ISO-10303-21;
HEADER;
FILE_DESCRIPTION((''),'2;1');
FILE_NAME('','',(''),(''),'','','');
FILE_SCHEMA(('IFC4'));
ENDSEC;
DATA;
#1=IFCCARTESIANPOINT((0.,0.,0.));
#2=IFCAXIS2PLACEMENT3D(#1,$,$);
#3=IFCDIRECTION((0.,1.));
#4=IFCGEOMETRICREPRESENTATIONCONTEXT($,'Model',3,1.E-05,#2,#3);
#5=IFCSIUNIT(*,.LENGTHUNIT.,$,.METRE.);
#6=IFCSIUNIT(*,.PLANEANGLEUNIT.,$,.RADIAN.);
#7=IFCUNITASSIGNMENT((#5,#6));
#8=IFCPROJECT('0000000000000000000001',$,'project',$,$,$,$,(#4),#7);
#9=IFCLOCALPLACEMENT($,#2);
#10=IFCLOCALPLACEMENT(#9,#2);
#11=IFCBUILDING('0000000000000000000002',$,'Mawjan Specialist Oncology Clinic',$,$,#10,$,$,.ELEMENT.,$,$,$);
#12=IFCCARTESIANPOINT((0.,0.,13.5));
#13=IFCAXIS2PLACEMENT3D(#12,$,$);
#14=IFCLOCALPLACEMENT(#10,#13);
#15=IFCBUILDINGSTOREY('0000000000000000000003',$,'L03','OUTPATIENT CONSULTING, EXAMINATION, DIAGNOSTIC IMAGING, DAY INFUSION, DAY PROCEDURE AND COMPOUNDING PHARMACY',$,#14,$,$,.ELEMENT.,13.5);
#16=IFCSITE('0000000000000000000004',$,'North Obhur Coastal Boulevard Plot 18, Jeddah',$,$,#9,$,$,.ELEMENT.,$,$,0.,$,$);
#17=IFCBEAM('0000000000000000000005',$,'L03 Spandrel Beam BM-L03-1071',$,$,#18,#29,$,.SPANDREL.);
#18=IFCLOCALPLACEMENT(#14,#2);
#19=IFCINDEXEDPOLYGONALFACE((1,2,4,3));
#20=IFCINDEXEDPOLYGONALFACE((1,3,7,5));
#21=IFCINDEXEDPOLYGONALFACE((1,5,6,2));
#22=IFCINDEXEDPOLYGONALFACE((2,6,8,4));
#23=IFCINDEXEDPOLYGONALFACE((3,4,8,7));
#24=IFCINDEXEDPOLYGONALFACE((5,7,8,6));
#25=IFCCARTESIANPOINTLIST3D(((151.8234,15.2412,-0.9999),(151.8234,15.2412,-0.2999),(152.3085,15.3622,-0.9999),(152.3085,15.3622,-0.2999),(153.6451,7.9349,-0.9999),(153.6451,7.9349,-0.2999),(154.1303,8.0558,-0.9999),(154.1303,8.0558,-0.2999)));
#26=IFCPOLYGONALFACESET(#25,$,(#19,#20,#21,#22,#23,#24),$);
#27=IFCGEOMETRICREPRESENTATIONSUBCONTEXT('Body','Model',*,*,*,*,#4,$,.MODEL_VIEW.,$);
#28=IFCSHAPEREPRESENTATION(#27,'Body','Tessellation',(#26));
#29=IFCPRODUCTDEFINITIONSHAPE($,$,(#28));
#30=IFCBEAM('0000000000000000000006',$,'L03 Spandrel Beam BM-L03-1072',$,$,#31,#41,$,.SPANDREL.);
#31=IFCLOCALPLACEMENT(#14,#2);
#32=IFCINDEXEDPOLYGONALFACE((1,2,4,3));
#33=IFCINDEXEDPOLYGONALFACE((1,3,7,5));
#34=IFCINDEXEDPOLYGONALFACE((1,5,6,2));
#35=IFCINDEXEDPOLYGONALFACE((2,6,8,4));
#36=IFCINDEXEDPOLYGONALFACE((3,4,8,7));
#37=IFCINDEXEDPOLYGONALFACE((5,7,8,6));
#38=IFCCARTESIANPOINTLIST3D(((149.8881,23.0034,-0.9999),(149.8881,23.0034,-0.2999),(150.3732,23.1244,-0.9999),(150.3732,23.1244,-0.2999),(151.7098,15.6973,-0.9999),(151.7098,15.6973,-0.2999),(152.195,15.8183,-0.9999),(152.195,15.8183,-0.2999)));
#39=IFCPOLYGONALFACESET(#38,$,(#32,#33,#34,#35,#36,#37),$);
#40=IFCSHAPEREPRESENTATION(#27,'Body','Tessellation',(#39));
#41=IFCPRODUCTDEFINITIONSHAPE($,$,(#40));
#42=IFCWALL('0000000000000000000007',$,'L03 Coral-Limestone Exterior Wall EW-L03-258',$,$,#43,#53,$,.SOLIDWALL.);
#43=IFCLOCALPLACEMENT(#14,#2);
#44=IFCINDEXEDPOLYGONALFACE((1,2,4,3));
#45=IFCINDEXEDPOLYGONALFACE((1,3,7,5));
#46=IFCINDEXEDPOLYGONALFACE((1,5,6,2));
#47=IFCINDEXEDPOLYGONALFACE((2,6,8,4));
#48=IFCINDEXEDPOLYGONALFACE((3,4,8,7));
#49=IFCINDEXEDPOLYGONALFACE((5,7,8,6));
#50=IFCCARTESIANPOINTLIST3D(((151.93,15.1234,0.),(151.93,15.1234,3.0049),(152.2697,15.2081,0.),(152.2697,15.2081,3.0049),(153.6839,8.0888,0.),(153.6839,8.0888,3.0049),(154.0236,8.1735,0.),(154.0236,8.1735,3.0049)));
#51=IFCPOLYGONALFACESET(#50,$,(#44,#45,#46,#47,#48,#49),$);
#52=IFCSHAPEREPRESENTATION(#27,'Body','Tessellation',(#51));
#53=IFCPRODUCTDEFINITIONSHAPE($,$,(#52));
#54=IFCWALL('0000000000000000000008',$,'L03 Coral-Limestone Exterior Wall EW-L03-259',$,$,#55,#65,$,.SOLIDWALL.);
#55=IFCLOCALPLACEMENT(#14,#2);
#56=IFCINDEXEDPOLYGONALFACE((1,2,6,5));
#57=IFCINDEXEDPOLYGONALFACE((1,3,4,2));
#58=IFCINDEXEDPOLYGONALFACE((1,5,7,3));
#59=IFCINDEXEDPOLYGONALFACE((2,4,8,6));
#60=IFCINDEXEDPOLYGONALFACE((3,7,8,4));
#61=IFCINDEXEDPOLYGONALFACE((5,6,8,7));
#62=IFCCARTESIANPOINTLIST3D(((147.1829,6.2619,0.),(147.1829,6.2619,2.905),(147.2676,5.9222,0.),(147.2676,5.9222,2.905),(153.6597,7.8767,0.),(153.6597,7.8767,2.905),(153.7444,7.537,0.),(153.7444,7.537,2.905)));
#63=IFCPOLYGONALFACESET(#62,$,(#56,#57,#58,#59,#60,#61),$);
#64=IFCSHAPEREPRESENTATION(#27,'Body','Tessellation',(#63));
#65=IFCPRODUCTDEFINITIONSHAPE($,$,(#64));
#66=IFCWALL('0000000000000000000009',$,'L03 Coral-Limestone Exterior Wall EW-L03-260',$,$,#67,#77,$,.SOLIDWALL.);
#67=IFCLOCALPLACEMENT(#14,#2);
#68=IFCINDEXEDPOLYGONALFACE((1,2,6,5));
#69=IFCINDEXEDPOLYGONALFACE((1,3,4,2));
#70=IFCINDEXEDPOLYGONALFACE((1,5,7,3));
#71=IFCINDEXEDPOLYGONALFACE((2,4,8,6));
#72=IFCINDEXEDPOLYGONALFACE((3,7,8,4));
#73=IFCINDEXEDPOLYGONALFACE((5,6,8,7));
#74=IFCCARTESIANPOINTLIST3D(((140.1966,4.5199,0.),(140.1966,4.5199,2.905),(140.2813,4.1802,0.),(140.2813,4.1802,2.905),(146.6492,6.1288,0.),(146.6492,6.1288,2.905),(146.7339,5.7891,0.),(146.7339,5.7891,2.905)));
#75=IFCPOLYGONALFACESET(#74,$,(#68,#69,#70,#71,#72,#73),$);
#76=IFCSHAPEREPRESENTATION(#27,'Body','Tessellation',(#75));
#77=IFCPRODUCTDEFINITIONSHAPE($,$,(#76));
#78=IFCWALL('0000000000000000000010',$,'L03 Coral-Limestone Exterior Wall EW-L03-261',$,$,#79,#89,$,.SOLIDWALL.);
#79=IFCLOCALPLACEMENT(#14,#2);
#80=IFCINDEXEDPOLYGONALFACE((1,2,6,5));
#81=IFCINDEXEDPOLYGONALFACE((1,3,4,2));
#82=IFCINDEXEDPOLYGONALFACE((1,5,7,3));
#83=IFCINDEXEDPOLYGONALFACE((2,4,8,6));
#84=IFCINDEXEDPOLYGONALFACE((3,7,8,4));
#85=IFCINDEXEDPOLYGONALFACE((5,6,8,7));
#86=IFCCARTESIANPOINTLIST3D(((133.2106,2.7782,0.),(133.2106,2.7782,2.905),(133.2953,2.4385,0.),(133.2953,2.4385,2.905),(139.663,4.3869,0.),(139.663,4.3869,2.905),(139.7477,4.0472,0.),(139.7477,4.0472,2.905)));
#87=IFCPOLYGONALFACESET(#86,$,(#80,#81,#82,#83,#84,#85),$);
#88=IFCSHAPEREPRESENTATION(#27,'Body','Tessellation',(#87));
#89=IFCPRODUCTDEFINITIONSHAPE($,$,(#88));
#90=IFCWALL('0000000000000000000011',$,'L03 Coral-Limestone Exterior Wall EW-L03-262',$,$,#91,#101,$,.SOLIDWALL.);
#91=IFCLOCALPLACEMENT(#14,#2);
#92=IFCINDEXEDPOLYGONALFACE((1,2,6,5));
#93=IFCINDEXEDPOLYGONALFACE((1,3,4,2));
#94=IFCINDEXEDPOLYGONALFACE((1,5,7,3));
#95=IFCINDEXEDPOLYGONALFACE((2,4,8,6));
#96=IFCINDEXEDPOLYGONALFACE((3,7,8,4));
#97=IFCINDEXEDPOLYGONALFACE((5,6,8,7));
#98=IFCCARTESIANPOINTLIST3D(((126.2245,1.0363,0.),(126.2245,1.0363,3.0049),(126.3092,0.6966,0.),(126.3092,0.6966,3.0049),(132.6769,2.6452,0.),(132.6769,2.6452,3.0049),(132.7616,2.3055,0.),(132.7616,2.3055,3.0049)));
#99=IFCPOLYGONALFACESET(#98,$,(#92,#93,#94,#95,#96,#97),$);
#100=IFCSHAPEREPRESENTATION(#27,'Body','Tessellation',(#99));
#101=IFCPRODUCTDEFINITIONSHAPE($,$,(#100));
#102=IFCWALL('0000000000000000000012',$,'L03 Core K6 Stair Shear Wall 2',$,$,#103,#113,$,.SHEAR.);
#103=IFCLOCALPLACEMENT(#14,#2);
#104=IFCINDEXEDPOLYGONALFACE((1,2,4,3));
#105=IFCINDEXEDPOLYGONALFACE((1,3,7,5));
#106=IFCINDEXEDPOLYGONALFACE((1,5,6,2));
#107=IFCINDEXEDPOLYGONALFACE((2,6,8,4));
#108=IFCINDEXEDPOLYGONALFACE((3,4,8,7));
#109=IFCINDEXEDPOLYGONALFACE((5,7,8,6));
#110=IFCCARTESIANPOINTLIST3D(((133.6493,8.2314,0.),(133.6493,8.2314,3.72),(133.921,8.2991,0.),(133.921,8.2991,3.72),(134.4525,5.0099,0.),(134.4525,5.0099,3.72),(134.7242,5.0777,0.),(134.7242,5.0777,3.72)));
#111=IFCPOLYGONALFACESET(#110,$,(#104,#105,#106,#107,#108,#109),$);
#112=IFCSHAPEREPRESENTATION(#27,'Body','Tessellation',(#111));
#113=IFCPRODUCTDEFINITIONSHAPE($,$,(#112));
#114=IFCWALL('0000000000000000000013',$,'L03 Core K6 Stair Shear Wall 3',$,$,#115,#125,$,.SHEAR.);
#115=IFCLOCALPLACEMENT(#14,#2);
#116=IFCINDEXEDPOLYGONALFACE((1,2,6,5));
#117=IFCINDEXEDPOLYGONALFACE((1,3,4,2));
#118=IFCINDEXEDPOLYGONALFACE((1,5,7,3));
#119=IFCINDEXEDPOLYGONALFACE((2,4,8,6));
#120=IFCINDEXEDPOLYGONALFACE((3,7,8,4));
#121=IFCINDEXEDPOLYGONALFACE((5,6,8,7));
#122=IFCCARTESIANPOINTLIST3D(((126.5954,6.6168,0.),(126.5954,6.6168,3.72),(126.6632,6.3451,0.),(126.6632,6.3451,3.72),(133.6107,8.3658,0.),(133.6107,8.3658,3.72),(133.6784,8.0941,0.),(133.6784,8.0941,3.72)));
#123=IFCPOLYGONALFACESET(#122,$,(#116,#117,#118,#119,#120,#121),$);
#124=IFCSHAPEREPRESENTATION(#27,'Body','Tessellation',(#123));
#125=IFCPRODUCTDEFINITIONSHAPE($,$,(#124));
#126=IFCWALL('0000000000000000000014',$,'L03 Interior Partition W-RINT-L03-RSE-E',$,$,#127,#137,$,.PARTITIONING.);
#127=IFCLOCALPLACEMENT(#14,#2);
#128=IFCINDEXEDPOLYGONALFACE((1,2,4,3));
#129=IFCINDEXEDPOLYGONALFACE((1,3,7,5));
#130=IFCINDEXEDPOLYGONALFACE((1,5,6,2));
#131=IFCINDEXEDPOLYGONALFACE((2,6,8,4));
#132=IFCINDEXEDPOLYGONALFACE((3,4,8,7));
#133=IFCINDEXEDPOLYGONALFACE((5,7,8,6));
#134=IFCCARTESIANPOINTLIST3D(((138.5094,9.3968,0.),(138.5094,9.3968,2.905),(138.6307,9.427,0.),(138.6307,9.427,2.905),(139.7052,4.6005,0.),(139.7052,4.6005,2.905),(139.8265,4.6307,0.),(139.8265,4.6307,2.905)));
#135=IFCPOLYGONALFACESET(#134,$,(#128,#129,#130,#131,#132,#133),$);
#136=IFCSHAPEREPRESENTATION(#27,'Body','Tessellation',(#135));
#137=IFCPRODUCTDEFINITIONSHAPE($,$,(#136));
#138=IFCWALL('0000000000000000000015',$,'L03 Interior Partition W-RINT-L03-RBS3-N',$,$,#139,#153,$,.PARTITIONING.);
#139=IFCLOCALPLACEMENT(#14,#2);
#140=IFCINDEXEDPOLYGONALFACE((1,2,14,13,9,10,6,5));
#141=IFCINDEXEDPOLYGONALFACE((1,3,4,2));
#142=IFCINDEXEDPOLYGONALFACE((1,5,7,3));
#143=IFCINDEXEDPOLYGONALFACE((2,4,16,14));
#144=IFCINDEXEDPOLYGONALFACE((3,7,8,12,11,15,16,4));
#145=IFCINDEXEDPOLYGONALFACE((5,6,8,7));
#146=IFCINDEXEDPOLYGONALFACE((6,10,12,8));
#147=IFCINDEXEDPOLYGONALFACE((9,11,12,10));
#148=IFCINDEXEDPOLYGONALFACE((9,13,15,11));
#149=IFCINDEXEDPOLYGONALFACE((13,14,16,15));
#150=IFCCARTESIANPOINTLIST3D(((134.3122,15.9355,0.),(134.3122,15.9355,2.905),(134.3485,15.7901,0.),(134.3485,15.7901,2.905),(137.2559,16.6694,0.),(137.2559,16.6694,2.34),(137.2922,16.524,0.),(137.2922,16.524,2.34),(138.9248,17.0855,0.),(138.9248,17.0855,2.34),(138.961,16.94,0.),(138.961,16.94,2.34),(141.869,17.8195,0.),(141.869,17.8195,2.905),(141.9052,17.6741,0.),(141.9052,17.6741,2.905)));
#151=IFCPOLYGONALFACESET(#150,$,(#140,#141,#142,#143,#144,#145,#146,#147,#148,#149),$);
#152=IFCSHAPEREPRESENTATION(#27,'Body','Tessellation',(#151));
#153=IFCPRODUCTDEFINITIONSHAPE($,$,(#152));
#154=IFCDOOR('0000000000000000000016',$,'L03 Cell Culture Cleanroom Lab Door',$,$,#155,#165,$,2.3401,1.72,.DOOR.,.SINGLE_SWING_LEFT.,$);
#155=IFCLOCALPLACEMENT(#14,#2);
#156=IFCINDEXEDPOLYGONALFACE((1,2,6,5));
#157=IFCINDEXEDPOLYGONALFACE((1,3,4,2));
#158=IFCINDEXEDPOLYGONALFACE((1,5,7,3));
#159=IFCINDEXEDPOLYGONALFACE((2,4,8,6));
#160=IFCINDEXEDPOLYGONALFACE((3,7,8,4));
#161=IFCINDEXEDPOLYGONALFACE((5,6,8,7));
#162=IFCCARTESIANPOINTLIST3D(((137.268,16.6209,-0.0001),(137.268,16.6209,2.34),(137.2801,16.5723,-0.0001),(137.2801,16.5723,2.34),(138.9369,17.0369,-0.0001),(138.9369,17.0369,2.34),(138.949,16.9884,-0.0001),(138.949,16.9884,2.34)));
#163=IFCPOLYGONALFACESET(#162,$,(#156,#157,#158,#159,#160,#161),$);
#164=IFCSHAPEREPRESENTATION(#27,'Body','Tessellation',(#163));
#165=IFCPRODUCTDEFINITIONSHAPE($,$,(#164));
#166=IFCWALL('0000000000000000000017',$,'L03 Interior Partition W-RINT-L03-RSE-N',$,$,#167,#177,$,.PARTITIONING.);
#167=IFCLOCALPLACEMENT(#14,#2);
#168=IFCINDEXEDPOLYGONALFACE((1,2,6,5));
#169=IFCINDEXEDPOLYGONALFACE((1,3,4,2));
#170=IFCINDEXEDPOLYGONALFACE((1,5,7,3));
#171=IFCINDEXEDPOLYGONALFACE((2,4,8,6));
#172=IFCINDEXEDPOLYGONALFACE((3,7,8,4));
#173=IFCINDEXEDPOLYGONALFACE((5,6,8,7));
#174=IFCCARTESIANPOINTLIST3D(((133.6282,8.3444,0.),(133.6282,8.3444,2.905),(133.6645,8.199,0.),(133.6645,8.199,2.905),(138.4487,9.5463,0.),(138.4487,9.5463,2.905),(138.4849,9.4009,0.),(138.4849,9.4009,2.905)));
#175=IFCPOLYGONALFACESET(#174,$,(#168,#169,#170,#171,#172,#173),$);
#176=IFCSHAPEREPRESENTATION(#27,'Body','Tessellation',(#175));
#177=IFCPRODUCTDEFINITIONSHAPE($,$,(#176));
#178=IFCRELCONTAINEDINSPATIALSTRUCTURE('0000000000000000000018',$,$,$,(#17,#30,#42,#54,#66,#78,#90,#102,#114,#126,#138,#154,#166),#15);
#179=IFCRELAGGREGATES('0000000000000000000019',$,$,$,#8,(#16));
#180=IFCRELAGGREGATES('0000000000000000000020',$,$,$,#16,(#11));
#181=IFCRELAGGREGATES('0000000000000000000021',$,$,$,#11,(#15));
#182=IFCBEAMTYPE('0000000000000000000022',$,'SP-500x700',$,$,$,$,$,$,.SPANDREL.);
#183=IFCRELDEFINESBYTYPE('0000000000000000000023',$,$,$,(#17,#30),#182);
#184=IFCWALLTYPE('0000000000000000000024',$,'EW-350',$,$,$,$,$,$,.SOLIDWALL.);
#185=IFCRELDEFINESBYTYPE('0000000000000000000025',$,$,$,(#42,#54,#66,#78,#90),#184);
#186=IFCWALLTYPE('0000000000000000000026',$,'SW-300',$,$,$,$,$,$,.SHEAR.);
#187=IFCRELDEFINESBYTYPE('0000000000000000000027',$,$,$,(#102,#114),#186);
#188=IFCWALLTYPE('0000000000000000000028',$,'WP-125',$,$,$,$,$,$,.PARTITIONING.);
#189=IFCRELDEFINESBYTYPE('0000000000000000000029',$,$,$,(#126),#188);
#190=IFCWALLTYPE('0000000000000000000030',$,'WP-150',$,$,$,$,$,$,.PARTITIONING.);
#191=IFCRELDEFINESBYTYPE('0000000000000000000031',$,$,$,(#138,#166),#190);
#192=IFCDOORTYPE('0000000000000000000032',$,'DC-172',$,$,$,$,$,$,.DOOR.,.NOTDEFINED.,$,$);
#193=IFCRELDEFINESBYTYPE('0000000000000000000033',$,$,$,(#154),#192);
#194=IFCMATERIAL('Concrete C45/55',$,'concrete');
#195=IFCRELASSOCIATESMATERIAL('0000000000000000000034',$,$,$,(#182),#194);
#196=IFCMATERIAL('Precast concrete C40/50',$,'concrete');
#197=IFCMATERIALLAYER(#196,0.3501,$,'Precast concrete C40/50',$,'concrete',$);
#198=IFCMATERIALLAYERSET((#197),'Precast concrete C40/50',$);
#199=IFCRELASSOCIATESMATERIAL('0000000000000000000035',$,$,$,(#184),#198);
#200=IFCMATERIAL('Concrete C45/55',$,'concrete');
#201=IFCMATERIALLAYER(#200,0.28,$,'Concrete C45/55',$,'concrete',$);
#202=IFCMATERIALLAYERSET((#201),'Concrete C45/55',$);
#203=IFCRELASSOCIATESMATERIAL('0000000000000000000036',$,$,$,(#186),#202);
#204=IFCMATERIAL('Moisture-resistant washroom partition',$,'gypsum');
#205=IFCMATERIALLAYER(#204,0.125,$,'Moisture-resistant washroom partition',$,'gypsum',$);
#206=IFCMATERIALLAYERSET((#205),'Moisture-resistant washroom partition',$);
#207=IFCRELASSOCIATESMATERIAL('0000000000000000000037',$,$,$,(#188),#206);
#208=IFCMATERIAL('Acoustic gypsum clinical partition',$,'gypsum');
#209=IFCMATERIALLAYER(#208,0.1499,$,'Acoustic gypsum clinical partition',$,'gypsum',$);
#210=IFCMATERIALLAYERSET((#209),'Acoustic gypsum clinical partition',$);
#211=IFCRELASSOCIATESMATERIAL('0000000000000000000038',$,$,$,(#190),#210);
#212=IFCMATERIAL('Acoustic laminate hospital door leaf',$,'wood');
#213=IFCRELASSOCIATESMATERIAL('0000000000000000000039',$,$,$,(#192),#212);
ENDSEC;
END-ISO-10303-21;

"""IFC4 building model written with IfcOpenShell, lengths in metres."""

from ifc_helpers import new_model, si_unit, direction, frame, frame_2d, origin, origin_2d, place, context, subcontext, project, spatial, rectangle, extrude, material, layer, layer_set, material_profile, profile_set, type_object, element, fill, save


model = new_model("IFC4")

# Units and contexts
model_context = context("Model", 3, precision=1e-05, world=origin(), true_north=direction((0.0, 1.0)))
body_context = subcontext(model_context, "Body", "Model", "MODEL_VIEW")
ifc_project = project(units=[si_unit("LENGTHUNIT", "METRE"), si_unit("PLANEANGLEUNIT", "RADIAN")], contexts=[model_context])

# Site, building, storey
site_placement = place(None, origin())
site = spatial("IfcSite", under=ifc_project, at=site_placement, Name="North Obhur Coastal Boulevard Plot 18, Jeddah", CompositionType="ELEMENT", RefElevation=0.0)
building_placement = place(site_placement, origin())
building = spatial("IfcBuilding", under=site, at=building_placement, Name="Mawjan Specialist Oncology Clinic", CompositionType="ELEMENT")
storey_placement = place(building_placement, frame((0.0, 0.0, 13.5)))
storey = spatial("IfcBuildingStorey", under=building, at=storey_placement, Name="L03", Description="OUTPATIENT CONSULTING, EXAMINATION, DIAGNOSTIC IMAGING, DAY INFUSION, DAY PROCEDURE AND COMPOUNDING PHARMACY", CompositionType="ELEMENT", Elevation=13.5)

# Beams
ifc_material_1 = material(Name="Concrete C45/55", Category="concrete")
ifc_material_profile_1 = material_profile(ifc_material_1, rectangle(XDim=0.5, YDim=0.7, at=origin_2d()), Name="RC BM 500x700", Category="concrete")
ifc_profile_set_1 = profile_set([ifc_material_profile_1], Name="Concrete C45/55")
beam_type_1 = type_object("IfcBeamType", Name="SP-500x700", PredefinedType="SPANDREL", material=ifc_profile_set_1)
beam_1_placement = place(storey_placement, frame((153.8877, 7.9954, -0.6499), z_axis=(-0.241933, 0.970293, 0.0), x_axis=(-0.970293, -0.241933, 0.0)))
element("IfcBeam", 1, at=beam_1_placement, inside=storey, type_object=beam_type_1, Name="L03 Spandrel Beam BM-L03-1071", PredefinedType="SPANDREL", context=body_context, shape_type="SweptSolid", body=[
    extrude(rectangle(XDim=0.5, YDim=0.7, at=origin_2d()), origin(), (0.0, 0.0, 1.0), 7.53),
])
beam_2_placement = place(storey_placement, frame((151.9524, 15.7578, -0.6499), z_axis=(-0.241941, 0.970291, 0.0), x_axis=(-0.970291, -0.241941, 0.0)))
element("IfcBeam", 2, at=beam_2_placement, inside=storey, type_object=beam_type_1, Name="L03 Spandrel Beam BM-L03-1072", PredefinedType="SPANDREL", context=body_context, shape_type="SweptSolid", body=[
    extrude(rectangle(XDim=0.5, YDim=0.7, at=origin_2d()), origin(), (0.0, 0.0, 1.0), 7.5298),
])

# Walls
ifc_material_2 = material(Name="Precast concrete C40/50", Category="concrete")
ifc_layer_1 = layer(ifc_material_2, 0.3501, Name="Precast concrete C40/50", Category="concrete")
ifc_layer_set_1 = layer_set([ifc_layer_1], Name="Precast concrete C40/50")
wall_type_1 = type_object("IfcWallType", Name="EW-350", PredefinedType="SOLIDWALL", material=ifc_layer_set_1)
wall_1_placement = place(storey_placement, frame((152.0999, 15.1658, 0.0), z_axis=(0.0, 0.0, 1.0), x_axis=(0.241918, -0.970297, 0.0)))
element("IfcWall", 3, at=wall_1_placement, inside=storey, type_object=wall_type_1, Name="L03 Coral-Limestone Exterior Wall EW-L03-258", PredefinedType="SOLIDWALL", context=body_context, shape_type="SweptSolid", body=[
    extrude(rectangle(XDim=7.25, YDim=0.3501, at=frame_2d((3.625, 0.0))), origin(), (0.0, 0.0, 1.0), 3.0049),
])
wall_2_placement = place(storey_placement, frame((153.7019, 7.7068, 0.0), z_axis=(0.0, 0.0, 1.0), x_axis=(-0.970299, -0.241907, 0.0)))
element("IfcWall", 4, at=wall_2_placement, inside=storey, type_object=wall_type_1, Name="L03 Coral-Limestone Exterior Wall EW-L03-259", PredefinedType="SOLIDWALL", context=body_context, shape_type="SweptSolid", body=[
    extrude(rectangle(XDim=6.675, YDim=0.3501, at=frame_2d((3.3374, 0.0))), origin(), (0.0, 0.0, 1.0), 2.905),
])
wall_3_placement = place(storey_placement, frame((146.6917, 5.959, 0.0), z_axis=(0.0, 0.0, 1.0), x_axis=(-0.970293, -0.241931, 0.0)))
element("IfcWall", 5, at=wall_3_placement, inside=storey, type_object=wall_type_1, Name="L03 Coral-Limestone Exterior Wall EW-L03-260", PredefinedType="SOLIDWALL", context=body_context, shape_type="SweptSolid", body=[
    extrude(rectangle(XDim=6.6501, YDim=0.3501, at=frame_2d((3.3252, 0.0))), origin(), (0.0, 0.0, 1.0), 2.905),
])
wall_4_placement = place(storey_placement, frame((139.7053, 4.217, 0.0), z_axis=(0.0, 0.0, 1.0), x_axis=(-0.9703, -0.241905, 0.0)))
element("IfcWall", 6, at=wall_4_placement, inside=storey, type_object=wall_type_1, Name="L03 Coral-Limestone Exterior Wall EW-L03-261", PredefinedType="SOLIDWALL", context=body_context, shape_type="SweptSolid", body=[
    extrude(rectangle(XDim=6.6499, YDim=0.3501, at=frame_2d((3.325, 0.0))), origin(), (0.0, 0.0, 1.0), 2.905),
])
wall_5_placement = place(storey_placement, frame((132.7192, 2.4753, 0.0), z_axis=(0.0, 0.0, 1.0), x_axis=(-0.970291, -0.24194, 0.0)))
element("IfcWall", 7, at=wall_5_placement, inside=storey, type_object=wall_type_1, Name="L03 Coral-Limestone Exterior Wall EW-L03-262", PredefinedType="SOLIDWALL", context=body_context, shape_type="SweptSolid", body=[
    extrude(rectangle(XDim=6.6499, YDim=0.3501, at=frame_2d((3.325, 0.0))), origin(), (0.0, 0.0, 1.0), 3.0049),
])
ifc_material_3 = material(Name="Concrete C45/55", Category="concrete")
ifc_layer_2 = layer(ifc_material_3, 0.28, Name="Concrete C45/55", Category="concrete")
ifc_layer_set_2 = layer_set([ifc_layer_2], Name="Concrete C45/55")
wall_type_2 = type_object("IfcWallType", Name="SW-300", PredefinedType="SHEAR", material=ifc_layer_set_2)
wall_6_placement = place(storey_placement, frame((134.5884, 5.0437, 0.0), z_axis=(0.0, 0.0, 1.0), x_axis=(-0.24193, 0.970294, 0.0)))
element("IfcWall", 8, at=wall_6_placement, inside=storey, type_object=wall_type_2, Name="L03 Core K6 Stair Shear Wall 2", PredefinedType="SHEAR", context=body_context, shape_type="SweptSolid", body=[
    extrude(rectangle(XDim=3.3201, YDim=0.28, at=frame_2d((1.6602, 0.0))), origin(), (0.0, 0.0, 1.0), 3.72),
])
wall_7_placement = place(storey_placement, frame((133.6445, 8.23, 0.0), z_axis=(0.0, 0.0, 1.0), x_axis=(-0.970297, -0.241916, 0.0)))
element("IfcWall", 9, at=wall_7_placement, inside=storey, type_object=wall_type_2, Name="L03 Core K6 Stair Shear Wall 3", PredefinedType="SHEAR", context=body_context, shape_type="SweptSolid", body=[
    extrude(rectangle(XDim=7.23, YDim=0.28, at=frame_2d((3.615, 0.0))), origin(), (0.0, 0.0, 1.0), 3.72),
])
ifc_material_4 = material(Name="Moisture-resistant washroom partition", Category="gypsum")
ifc_layer_3 = layer(ifc_material_4, 0.125, Name="Moisture-resistant washroom partition", Category="gypsum")
ifc_layer_set_3 = layer_set([ifc_layer_3], Name="Moisture-resistant washroom partition")
wall_type_3 = type_object("IfcWallType", Name="WP-125", PredefinedType="PARTITIONING", material=ifc_layer_set_3)
wall_8_placement = place(storey_placement, frame((139.7659, 4.6155, 0.0), z_axis=(0.0, 0.0, 1.0), x_axis=(-0.241908, 0.970299, 0.0)))
element("IfcWall", 10, at=wall_8_placement, inside=storey, type_object=wall_type_3, Name="L03 Interior Partition W-RINT-L03-RSE-E", PredefinedType="PARTITIONING", context=body_context, shape_type="SweptSolid", body=[
    extrude(rectangle(XDim=4.9431, YDim=0.125, at=frame_2d((2.4717, 0.0))), origin(), (0.0, 0.0, 1.0), 2.905),
])

# Wall, opening, door
ifc_material_5 = material(Name="Acoustic gypsum clinical partition", Category="gypsum")
ifc_layer_4 = layer(ifc_material_5, 0.1499, Name="Acoustic gypsum clinical partition", Category="gypsum")
ifc_layer_set_4 = layer_set([ifc_layer_4], Name="Acoustic gypsum clinical partition")
wall_type_4 = type_object("IfcWallType", Name="WP-150", PredefinedType="PARTITIONING", material=ifc_layer_set_4)
wall_9_placement = place(storey_placement, frame((134.3303, 15.8628, 0.0), z_axis=(0.0, 0.0, 1.0), x_axis=(0.970299, 0.241909, 0.0)))
wall_9 = element("IfcWall", 11, at=wall_9_placement, inside=storey, type_object=wall_type_4, Name="L03 Interior Partition W-RINT-L03-RBS3-N", PredefinedType="PARTITIONING", context=body_context, shape_type="SweptSolid", body=[
    extrude(rectangle(XDim=7.7881, YDim=0.1499, at=frame_2d((3.894, 0.0))), origin(), (0.0, 0.0, 1.0), 2.905),
])
opening_1_placement = place(wall_9_placement, frame((3.0339, 0.0, 0.0)))
opening_1 = element("IfcOpeningElement", 12, at=opening_1_placement, cuts=wall_9, PredefinedType="OPENING", context=body_context, shape_type="SweptSolid", body=[
    extrude(rectangle(XDim=1.72, YDim=2.3401, at=frame_2d((0.8599, 1.1699))), frame((0.0, 0.0869, 0.0), z_axis=(0.0, -1.0, 0.0), x_axis=(1.0, 0.0, 0.0)), (0.0, 0.0, 1.0), 0.1738),
])
ifc_material_6 = material(Name="Acoustic laminate hospital door leaf", Category="wood")
door_type_1 = type_object("IfcDoorType", Name="DC-172", OperationType="NOTDEFINED", PredefinedType="DOOR", material=ifc_material_6)
door_1_placement = place(opening_1_placement, origin())
door_1 = element("IfcDoor", 13, at=door_1_placement, inside=storey, type_object=door_type_1, Name="L03 Cell Culture Cleanroom Lab Door", OperationType="SINGLE_SWING_LEFT", OverallHeight=2.3401, OverallWidth=1.72, PredefinedType="DOOR", context=body_context, shape_type="SweptSolid", body=[
    extrude(rectangle(XDim=1.72, YDim=2.3401, at=frame_2d((0.8599, 1.1699))), frame((0.0, 0.0249, 0.0), z_axis=(0.0, -1.0, 0.0), x_axis=(1.0, 0.0, 0.0)), (0.0, 0.0, 1.0), 0.05),
])
fill(opening_1, door_1)

# Wall
wall_10_placement = place(storey_placement, frame((133.6465, 8.2717, 0.0), z_axis=(0.0, 0.0, 1.0), x_axis=(0.970296, 0.241923, 0.0)))
element("IfcWall", 14, at=wall_10_placement, inside=storey, type_object=wall_type_4, Name="L03 Interior Partition W-RINT-L03-RSE-N", PredefinedType="PARTITIONING", context=body_context, shape_type="SweptSolid", body=[
    extrude(rectangle(XDim=4.968, YDim=0.1499, at=frame_2d((2.4839, 0.0))), origin(), (0.0, 0.0, 1.0), 2.905),
])

save(model, "model.ifc")
